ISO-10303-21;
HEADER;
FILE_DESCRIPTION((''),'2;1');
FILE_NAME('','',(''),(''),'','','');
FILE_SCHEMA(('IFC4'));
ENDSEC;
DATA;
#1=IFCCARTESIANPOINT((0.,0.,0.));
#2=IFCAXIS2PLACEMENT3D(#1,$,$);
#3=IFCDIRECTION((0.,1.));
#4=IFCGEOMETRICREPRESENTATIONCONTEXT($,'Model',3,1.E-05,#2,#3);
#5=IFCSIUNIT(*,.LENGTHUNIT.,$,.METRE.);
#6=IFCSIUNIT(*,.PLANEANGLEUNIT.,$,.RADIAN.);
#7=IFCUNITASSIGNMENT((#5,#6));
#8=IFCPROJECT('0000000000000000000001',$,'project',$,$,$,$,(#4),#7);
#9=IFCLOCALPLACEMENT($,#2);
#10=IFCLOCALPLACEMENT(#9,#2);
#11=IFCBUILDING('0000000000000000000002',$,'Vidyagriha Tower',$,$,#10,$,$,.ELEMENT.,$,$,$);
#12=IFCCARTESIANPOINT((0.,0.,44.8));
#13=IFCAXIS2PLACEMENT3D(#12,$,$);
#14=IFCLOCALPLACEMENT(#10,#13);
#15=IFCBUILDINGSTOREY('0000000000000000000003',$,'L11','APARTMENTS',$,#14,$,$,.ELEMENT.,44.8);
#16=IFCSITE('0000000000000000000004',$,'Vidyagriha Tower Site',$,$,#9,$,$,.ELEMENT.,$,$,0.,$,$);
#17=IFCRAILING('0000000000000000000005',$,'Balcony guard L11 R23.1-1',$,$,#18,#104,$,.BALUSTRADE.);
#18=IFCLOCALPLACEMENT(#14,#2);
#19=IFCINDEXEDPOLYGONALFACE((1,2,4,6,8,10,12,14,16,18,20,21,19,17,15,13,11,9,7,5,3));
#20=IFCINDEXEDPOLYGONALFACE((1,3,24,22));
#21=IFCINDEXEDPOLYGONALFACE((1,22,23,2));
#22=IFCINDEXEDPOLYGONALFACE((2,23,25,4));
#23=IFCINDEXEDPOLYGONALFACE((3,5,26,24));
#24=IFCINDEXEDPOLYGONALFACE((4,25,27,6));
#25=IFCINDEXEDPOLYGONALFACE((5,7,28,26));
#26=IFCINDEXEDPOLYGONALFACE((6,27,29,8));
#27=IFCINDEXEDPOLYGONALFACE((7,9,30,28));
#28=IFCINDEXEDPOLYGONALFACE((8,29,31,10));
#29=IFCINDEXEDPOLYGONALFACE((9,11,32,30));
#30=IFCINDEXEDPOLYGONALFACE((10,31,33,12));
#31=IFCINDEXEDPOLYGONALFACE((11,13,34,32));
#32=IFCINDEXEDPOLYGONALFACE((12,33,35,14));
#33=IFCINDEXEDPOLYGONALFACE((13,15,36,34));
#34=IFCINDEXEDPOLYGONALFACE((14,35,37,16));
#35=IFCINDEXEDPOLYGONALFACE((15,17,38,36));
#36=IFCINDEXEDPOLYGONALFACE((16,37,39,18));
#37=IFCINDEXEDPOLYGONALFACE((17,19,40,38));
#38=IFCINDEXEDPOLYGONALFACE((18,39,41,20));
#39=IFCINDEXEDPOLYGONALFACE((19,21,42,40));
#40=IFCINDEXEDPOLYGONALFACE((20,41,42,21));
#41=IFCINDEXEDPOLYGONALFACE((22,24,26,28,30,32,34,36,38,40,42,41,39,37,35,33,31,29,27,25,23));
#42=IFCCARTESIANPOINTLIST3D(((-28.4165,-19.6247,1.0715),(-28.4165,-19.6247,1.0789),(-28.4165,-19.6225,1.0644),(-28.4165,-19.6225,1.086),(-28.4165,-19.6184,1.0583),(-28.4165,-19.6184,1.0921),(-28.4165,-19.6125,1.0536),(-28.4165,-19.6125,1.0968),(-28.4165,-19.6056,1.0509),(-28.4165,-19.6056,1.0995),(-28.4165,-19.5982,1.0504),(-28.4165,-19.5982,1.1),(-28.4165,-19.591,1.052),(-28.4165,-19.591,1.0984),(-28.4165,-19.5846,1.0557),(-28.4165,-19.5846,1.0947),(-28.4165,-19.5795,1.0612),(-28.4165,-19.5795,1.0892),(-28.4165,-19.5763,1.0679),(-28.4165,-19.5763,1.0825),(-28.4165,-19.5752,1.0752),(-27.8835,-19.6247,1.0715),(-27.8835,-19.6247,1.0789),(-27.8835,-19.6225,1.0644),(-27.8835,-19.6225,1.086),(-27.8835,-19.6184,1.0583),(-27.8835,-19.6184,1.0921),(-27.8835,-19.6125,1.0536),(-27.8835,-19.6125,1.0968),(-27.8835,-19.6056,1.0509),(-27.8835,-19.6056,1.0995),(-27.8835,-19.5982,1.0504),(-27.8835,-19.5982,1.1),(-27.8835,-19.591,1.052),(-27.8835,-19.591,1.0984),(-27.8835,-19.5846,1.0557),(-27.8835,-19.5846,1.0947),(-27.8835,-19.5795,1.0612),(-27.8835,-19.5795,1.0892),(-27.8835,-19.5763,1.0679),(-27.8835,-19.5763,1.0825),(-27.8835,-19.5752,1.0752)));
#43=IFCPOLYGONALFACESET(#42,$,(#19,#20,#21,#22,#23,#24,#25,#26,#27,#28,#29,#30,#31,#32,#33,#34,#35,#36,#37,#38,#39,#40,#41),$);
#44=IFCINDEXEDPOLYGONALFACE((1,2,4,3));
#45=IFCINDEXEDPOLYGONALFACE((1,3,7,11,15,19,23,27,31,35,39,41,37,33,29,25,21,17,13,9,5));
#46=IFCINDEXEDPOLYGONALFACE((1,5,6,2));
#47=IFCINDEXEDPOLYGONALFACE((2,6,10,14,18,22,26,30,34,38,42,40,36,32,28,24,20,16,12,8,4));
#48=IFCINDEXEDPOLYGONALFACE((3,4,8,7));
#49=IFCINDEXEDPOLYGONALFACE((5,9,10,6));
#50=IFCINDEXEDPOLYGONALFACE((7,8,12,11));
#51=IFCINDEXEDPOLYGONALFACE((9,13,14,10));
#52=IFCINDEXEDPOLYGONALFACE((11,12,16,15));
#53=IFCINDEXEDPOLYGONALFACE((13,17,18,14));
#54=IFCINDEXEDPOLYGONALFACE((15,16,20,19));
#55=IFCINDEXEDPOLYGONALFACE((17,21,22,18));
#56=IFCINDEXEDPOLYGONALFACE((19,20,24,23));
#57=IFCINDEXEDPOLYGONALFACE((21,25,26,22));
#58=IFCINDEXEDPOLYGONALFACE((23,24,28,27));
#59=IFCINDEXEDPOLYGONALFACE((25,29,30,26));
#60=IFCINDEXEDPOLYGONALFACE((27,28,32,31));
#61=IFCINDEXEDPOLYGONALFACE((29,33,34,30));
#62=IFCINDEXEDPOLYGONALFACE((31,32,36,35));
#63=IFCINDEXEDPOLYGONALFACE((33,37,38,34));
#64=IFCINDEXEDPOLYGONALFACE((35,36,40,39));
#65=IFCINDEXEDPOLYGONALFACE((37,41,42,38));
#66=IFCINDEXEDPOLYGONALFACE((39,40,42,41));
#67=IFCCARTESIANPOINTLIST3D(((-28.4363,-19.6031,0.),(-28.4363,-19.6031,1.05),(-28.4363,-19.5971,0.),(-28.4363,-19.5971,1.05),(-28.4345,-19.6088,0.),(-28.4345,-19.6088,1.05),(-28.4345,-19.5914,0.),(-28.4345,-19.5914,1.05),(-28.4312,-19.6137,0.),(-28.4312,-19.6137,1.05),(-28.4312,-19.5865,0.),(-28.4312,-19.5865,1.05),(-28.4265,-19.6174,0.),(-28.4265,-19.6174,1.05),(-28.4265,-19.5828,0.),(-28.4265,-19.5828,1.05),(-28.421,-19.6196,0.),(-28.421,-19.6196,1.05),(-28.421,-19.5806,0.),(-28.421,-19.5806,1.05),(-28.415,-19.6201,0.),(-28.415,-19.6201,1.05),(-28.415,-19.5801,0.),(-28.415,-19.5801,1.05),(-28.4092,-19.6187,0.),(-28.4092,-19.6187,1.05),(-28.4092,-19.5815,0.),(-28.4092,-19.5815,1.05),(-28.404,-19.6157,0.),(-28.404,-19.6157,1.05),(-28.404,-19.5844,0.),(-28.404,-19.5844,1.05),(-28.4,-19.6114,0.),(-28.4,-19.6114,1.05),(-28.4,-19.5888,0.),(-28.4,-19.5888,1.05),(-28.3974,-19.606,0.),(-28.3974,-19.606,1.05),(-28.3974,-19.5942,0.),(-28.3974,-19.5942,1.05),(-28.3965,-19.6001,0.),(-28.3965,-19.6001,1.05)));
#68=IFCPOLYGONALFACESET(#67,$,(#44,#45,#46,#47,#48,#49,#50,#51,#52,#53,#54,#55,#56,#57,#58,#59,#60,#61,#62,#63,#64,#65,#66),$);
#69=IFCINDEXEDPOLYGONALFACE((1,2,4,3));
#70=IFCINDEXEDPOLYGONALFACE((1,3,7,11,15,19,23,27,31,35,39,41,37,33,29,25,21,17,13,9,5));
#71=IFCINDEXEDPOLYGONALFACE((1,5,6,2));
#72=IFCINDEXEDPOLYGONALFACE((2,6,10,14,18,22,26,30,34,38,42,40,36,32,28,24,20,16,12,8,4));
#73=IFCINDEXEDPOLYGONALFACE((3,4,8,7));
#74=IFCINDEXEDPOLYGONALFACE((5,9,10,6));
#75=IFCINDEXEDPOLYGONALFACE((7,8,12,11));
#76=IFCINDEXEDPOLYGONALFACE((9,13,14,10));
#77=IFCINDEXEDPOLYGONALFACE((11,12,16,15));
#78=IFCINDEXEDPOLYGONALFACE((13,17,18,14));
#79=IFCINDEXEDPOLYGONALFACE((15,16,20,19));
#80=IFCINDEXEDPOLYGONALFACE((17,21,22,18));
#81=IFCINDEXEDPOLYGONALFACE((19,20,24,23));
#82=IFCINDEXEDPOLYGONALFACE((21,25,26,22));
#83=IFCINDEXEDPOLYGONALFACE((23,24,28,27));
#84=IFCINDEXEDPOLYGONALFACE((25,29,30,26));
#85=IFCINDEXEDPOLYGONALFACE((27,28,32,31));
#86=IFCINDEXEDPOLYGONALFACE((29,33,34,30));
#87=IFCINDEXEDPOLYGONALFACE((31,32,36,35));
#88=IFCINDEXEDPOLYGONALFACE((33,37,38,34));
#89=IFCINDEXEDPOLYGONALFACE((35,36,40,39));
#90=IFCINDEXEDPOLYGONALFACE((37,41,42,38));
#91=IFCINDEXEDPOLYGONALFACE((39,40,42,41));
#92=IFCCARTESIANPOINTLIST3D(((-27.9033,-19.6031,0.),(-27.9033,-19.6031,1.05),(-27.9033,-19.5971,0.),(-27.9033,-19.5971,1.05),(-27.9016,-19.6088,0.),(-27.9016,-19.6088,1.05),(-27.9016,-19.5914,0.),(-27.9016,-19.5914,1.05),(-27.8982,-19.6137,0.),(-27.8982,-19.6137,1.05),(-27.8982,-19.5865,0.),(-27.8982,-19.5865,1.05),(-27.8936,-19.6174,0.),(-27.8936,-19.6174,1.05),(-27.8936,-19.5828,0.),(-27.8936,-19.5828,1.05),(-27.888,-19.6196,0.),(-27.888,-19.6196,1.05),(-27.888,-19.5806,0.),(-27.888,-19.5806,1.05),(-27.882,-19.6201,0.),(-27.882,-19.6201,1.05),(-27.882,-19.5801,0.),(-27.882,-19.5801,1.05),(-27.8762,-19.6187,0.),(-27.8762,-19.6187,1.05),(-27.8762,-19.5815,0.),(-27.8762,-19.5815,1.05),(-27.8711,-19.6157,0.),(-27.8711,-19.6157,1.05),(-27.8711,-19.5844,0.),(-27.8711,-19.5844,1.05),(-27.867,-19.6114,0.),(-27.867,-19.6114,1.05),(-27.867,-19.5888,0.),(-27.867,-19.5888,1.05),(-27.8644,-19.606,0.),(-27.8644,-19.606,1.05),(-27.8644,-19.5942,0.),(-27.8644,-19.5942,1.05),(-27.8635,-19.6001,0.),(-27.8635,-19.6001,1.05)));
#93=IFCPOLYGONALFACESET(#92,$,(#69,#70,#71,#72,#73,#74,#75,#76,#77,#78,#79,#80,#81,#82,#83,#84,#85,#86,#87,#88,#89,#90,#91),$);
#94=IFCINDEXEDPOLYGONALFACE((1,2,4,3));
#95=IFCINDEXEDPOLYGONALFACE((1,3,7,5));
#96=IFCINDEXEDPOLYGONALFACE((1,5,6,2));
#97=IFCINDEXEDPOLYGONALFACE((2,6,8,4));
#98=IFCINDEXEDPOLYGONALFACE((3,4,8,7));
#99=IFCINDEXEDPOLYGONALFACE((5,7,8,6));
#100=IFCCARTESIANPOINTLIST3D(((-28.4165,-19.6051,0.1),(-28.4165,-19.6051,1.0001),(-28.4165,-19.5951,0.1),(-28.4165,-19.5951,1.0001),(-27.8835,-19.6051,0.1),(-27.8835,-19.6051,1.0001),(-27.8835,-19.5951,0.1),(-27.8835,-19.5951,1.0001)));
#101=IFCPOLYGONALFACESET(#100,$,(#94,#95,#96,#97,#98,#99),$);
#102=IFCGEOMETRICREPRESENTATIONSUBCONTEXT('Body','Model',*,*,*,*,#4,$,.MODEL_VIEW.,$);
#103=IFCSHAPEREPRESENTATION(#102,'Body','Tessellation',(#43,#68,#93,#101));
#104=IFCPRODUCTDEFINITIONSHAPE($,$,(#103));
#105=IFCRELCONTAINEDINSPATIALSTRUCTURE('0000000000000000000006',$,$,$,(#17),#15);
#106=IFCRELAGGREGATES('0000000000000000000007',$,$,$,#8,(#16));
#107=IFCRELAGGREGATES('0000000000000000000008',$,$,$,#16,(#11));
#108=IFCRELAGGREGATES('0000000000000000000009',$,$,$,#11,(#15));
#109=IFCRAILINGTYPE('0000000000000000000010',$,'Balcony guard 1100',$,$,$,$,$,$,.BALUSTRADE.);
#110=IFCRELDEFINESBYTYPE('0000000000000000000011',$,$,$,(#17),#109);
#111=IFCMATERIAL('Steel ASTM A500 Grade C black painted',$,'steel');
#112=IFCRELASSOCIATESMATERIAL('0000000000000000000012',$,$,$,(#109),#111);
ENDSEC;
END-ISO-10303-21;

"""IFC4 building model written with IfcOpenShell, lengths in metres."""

from ifc_helpers import new_model, si_unit, direction, frame, origin, origin_2d, place, context, subcontext, project, spatial, rectangle, circle, extrude, material, type_object, element, save


model = new_model("IFC4")

# Units and contexts
model_context = context("Model", 3, precision=1e-05, world=origin(), true_north=direction((0.0, 1.0)))
body_context = subcontext(model_context, "Body", "Model", "MODEL_VIEW")
ifc_project = project(units=[si_unit("LENGTHUNIT", "METRE"), si_unit("PLANEANGLEUNIT", "RADIAN")], contexts=[model_context])

# Site, building, storey
site_placement = place(None, origin())
site = spatial("IfcSite", under=ifc_project, at=site_placement, Name="Vidyagriha Tower Site", CompositionType="ELEMENT", RefElevation=0.0)
building_placement = place(site_placement, origin())
building = spatial("IfcBuilding", under=site, at=building_placement, Name="Vidyagriha Tower", CompositionType="ELEMENT")
storey_placement = place(building_placement, frame((0.0, 0.0, 44.8)))
storey = spatial("IfcBuildingStorey", under=building, at=storey_placement, Name="L11", Description="APARTMENTS", CompositionType="ELEMENT", Elevation=44.8)

# Railing
ifc_material_1 = material(Name="Steel ASTM A500 Grade C black painted", Category="steel")
railing_type_1 = type_object("IfcRailingType", Name="Balcony guard 1100", PredefinedType="BALUSTRADE", material=ifc_material_1)
railing_1_placement = place(storey_placement, frame((-28.4165, -19.6001, 0.0)))
element("IfcRailing", 1, at=railing_1_placement, inside=storey, type_object=railing_type_1, Name="Balcony guard L11 R23.1-1", PredefinedType="BALUSTRADE", context=body_context, shape_type="SweptSolid", body=[
    extrude(circle(Radius=0.0249, at=origin_2d()), frame((0.0, 0.0, 1.0752), z_axis=(1.0, 0.0, 0.0), x_axis=(0.0, 1.0, 0.0)), (0.0, 0.0, 1.0), 0.533),
    extrude(circle(Radius=0.02, at=origin_2d()), origin(), (0.0, 0.0, 1.0), 1.05),
    extrude(circle(Radius=0.02, at=origin_2d()), frame((0.533, 0.0, 0.0)), (0.0, 0.0, 1.0), 1.05),
    extrude(rectangle(XDim=0.01, YDim=0.9001, at=origin_2d()), frame((0.0, 0.0, 0.55), z_axis=(1.0, 0.0, 0.0), x_axis=(0.0, 1.0, 0.0)), (0.0, 0.0, 1.0), 0.533),
])

save(model, "model.ifc")
